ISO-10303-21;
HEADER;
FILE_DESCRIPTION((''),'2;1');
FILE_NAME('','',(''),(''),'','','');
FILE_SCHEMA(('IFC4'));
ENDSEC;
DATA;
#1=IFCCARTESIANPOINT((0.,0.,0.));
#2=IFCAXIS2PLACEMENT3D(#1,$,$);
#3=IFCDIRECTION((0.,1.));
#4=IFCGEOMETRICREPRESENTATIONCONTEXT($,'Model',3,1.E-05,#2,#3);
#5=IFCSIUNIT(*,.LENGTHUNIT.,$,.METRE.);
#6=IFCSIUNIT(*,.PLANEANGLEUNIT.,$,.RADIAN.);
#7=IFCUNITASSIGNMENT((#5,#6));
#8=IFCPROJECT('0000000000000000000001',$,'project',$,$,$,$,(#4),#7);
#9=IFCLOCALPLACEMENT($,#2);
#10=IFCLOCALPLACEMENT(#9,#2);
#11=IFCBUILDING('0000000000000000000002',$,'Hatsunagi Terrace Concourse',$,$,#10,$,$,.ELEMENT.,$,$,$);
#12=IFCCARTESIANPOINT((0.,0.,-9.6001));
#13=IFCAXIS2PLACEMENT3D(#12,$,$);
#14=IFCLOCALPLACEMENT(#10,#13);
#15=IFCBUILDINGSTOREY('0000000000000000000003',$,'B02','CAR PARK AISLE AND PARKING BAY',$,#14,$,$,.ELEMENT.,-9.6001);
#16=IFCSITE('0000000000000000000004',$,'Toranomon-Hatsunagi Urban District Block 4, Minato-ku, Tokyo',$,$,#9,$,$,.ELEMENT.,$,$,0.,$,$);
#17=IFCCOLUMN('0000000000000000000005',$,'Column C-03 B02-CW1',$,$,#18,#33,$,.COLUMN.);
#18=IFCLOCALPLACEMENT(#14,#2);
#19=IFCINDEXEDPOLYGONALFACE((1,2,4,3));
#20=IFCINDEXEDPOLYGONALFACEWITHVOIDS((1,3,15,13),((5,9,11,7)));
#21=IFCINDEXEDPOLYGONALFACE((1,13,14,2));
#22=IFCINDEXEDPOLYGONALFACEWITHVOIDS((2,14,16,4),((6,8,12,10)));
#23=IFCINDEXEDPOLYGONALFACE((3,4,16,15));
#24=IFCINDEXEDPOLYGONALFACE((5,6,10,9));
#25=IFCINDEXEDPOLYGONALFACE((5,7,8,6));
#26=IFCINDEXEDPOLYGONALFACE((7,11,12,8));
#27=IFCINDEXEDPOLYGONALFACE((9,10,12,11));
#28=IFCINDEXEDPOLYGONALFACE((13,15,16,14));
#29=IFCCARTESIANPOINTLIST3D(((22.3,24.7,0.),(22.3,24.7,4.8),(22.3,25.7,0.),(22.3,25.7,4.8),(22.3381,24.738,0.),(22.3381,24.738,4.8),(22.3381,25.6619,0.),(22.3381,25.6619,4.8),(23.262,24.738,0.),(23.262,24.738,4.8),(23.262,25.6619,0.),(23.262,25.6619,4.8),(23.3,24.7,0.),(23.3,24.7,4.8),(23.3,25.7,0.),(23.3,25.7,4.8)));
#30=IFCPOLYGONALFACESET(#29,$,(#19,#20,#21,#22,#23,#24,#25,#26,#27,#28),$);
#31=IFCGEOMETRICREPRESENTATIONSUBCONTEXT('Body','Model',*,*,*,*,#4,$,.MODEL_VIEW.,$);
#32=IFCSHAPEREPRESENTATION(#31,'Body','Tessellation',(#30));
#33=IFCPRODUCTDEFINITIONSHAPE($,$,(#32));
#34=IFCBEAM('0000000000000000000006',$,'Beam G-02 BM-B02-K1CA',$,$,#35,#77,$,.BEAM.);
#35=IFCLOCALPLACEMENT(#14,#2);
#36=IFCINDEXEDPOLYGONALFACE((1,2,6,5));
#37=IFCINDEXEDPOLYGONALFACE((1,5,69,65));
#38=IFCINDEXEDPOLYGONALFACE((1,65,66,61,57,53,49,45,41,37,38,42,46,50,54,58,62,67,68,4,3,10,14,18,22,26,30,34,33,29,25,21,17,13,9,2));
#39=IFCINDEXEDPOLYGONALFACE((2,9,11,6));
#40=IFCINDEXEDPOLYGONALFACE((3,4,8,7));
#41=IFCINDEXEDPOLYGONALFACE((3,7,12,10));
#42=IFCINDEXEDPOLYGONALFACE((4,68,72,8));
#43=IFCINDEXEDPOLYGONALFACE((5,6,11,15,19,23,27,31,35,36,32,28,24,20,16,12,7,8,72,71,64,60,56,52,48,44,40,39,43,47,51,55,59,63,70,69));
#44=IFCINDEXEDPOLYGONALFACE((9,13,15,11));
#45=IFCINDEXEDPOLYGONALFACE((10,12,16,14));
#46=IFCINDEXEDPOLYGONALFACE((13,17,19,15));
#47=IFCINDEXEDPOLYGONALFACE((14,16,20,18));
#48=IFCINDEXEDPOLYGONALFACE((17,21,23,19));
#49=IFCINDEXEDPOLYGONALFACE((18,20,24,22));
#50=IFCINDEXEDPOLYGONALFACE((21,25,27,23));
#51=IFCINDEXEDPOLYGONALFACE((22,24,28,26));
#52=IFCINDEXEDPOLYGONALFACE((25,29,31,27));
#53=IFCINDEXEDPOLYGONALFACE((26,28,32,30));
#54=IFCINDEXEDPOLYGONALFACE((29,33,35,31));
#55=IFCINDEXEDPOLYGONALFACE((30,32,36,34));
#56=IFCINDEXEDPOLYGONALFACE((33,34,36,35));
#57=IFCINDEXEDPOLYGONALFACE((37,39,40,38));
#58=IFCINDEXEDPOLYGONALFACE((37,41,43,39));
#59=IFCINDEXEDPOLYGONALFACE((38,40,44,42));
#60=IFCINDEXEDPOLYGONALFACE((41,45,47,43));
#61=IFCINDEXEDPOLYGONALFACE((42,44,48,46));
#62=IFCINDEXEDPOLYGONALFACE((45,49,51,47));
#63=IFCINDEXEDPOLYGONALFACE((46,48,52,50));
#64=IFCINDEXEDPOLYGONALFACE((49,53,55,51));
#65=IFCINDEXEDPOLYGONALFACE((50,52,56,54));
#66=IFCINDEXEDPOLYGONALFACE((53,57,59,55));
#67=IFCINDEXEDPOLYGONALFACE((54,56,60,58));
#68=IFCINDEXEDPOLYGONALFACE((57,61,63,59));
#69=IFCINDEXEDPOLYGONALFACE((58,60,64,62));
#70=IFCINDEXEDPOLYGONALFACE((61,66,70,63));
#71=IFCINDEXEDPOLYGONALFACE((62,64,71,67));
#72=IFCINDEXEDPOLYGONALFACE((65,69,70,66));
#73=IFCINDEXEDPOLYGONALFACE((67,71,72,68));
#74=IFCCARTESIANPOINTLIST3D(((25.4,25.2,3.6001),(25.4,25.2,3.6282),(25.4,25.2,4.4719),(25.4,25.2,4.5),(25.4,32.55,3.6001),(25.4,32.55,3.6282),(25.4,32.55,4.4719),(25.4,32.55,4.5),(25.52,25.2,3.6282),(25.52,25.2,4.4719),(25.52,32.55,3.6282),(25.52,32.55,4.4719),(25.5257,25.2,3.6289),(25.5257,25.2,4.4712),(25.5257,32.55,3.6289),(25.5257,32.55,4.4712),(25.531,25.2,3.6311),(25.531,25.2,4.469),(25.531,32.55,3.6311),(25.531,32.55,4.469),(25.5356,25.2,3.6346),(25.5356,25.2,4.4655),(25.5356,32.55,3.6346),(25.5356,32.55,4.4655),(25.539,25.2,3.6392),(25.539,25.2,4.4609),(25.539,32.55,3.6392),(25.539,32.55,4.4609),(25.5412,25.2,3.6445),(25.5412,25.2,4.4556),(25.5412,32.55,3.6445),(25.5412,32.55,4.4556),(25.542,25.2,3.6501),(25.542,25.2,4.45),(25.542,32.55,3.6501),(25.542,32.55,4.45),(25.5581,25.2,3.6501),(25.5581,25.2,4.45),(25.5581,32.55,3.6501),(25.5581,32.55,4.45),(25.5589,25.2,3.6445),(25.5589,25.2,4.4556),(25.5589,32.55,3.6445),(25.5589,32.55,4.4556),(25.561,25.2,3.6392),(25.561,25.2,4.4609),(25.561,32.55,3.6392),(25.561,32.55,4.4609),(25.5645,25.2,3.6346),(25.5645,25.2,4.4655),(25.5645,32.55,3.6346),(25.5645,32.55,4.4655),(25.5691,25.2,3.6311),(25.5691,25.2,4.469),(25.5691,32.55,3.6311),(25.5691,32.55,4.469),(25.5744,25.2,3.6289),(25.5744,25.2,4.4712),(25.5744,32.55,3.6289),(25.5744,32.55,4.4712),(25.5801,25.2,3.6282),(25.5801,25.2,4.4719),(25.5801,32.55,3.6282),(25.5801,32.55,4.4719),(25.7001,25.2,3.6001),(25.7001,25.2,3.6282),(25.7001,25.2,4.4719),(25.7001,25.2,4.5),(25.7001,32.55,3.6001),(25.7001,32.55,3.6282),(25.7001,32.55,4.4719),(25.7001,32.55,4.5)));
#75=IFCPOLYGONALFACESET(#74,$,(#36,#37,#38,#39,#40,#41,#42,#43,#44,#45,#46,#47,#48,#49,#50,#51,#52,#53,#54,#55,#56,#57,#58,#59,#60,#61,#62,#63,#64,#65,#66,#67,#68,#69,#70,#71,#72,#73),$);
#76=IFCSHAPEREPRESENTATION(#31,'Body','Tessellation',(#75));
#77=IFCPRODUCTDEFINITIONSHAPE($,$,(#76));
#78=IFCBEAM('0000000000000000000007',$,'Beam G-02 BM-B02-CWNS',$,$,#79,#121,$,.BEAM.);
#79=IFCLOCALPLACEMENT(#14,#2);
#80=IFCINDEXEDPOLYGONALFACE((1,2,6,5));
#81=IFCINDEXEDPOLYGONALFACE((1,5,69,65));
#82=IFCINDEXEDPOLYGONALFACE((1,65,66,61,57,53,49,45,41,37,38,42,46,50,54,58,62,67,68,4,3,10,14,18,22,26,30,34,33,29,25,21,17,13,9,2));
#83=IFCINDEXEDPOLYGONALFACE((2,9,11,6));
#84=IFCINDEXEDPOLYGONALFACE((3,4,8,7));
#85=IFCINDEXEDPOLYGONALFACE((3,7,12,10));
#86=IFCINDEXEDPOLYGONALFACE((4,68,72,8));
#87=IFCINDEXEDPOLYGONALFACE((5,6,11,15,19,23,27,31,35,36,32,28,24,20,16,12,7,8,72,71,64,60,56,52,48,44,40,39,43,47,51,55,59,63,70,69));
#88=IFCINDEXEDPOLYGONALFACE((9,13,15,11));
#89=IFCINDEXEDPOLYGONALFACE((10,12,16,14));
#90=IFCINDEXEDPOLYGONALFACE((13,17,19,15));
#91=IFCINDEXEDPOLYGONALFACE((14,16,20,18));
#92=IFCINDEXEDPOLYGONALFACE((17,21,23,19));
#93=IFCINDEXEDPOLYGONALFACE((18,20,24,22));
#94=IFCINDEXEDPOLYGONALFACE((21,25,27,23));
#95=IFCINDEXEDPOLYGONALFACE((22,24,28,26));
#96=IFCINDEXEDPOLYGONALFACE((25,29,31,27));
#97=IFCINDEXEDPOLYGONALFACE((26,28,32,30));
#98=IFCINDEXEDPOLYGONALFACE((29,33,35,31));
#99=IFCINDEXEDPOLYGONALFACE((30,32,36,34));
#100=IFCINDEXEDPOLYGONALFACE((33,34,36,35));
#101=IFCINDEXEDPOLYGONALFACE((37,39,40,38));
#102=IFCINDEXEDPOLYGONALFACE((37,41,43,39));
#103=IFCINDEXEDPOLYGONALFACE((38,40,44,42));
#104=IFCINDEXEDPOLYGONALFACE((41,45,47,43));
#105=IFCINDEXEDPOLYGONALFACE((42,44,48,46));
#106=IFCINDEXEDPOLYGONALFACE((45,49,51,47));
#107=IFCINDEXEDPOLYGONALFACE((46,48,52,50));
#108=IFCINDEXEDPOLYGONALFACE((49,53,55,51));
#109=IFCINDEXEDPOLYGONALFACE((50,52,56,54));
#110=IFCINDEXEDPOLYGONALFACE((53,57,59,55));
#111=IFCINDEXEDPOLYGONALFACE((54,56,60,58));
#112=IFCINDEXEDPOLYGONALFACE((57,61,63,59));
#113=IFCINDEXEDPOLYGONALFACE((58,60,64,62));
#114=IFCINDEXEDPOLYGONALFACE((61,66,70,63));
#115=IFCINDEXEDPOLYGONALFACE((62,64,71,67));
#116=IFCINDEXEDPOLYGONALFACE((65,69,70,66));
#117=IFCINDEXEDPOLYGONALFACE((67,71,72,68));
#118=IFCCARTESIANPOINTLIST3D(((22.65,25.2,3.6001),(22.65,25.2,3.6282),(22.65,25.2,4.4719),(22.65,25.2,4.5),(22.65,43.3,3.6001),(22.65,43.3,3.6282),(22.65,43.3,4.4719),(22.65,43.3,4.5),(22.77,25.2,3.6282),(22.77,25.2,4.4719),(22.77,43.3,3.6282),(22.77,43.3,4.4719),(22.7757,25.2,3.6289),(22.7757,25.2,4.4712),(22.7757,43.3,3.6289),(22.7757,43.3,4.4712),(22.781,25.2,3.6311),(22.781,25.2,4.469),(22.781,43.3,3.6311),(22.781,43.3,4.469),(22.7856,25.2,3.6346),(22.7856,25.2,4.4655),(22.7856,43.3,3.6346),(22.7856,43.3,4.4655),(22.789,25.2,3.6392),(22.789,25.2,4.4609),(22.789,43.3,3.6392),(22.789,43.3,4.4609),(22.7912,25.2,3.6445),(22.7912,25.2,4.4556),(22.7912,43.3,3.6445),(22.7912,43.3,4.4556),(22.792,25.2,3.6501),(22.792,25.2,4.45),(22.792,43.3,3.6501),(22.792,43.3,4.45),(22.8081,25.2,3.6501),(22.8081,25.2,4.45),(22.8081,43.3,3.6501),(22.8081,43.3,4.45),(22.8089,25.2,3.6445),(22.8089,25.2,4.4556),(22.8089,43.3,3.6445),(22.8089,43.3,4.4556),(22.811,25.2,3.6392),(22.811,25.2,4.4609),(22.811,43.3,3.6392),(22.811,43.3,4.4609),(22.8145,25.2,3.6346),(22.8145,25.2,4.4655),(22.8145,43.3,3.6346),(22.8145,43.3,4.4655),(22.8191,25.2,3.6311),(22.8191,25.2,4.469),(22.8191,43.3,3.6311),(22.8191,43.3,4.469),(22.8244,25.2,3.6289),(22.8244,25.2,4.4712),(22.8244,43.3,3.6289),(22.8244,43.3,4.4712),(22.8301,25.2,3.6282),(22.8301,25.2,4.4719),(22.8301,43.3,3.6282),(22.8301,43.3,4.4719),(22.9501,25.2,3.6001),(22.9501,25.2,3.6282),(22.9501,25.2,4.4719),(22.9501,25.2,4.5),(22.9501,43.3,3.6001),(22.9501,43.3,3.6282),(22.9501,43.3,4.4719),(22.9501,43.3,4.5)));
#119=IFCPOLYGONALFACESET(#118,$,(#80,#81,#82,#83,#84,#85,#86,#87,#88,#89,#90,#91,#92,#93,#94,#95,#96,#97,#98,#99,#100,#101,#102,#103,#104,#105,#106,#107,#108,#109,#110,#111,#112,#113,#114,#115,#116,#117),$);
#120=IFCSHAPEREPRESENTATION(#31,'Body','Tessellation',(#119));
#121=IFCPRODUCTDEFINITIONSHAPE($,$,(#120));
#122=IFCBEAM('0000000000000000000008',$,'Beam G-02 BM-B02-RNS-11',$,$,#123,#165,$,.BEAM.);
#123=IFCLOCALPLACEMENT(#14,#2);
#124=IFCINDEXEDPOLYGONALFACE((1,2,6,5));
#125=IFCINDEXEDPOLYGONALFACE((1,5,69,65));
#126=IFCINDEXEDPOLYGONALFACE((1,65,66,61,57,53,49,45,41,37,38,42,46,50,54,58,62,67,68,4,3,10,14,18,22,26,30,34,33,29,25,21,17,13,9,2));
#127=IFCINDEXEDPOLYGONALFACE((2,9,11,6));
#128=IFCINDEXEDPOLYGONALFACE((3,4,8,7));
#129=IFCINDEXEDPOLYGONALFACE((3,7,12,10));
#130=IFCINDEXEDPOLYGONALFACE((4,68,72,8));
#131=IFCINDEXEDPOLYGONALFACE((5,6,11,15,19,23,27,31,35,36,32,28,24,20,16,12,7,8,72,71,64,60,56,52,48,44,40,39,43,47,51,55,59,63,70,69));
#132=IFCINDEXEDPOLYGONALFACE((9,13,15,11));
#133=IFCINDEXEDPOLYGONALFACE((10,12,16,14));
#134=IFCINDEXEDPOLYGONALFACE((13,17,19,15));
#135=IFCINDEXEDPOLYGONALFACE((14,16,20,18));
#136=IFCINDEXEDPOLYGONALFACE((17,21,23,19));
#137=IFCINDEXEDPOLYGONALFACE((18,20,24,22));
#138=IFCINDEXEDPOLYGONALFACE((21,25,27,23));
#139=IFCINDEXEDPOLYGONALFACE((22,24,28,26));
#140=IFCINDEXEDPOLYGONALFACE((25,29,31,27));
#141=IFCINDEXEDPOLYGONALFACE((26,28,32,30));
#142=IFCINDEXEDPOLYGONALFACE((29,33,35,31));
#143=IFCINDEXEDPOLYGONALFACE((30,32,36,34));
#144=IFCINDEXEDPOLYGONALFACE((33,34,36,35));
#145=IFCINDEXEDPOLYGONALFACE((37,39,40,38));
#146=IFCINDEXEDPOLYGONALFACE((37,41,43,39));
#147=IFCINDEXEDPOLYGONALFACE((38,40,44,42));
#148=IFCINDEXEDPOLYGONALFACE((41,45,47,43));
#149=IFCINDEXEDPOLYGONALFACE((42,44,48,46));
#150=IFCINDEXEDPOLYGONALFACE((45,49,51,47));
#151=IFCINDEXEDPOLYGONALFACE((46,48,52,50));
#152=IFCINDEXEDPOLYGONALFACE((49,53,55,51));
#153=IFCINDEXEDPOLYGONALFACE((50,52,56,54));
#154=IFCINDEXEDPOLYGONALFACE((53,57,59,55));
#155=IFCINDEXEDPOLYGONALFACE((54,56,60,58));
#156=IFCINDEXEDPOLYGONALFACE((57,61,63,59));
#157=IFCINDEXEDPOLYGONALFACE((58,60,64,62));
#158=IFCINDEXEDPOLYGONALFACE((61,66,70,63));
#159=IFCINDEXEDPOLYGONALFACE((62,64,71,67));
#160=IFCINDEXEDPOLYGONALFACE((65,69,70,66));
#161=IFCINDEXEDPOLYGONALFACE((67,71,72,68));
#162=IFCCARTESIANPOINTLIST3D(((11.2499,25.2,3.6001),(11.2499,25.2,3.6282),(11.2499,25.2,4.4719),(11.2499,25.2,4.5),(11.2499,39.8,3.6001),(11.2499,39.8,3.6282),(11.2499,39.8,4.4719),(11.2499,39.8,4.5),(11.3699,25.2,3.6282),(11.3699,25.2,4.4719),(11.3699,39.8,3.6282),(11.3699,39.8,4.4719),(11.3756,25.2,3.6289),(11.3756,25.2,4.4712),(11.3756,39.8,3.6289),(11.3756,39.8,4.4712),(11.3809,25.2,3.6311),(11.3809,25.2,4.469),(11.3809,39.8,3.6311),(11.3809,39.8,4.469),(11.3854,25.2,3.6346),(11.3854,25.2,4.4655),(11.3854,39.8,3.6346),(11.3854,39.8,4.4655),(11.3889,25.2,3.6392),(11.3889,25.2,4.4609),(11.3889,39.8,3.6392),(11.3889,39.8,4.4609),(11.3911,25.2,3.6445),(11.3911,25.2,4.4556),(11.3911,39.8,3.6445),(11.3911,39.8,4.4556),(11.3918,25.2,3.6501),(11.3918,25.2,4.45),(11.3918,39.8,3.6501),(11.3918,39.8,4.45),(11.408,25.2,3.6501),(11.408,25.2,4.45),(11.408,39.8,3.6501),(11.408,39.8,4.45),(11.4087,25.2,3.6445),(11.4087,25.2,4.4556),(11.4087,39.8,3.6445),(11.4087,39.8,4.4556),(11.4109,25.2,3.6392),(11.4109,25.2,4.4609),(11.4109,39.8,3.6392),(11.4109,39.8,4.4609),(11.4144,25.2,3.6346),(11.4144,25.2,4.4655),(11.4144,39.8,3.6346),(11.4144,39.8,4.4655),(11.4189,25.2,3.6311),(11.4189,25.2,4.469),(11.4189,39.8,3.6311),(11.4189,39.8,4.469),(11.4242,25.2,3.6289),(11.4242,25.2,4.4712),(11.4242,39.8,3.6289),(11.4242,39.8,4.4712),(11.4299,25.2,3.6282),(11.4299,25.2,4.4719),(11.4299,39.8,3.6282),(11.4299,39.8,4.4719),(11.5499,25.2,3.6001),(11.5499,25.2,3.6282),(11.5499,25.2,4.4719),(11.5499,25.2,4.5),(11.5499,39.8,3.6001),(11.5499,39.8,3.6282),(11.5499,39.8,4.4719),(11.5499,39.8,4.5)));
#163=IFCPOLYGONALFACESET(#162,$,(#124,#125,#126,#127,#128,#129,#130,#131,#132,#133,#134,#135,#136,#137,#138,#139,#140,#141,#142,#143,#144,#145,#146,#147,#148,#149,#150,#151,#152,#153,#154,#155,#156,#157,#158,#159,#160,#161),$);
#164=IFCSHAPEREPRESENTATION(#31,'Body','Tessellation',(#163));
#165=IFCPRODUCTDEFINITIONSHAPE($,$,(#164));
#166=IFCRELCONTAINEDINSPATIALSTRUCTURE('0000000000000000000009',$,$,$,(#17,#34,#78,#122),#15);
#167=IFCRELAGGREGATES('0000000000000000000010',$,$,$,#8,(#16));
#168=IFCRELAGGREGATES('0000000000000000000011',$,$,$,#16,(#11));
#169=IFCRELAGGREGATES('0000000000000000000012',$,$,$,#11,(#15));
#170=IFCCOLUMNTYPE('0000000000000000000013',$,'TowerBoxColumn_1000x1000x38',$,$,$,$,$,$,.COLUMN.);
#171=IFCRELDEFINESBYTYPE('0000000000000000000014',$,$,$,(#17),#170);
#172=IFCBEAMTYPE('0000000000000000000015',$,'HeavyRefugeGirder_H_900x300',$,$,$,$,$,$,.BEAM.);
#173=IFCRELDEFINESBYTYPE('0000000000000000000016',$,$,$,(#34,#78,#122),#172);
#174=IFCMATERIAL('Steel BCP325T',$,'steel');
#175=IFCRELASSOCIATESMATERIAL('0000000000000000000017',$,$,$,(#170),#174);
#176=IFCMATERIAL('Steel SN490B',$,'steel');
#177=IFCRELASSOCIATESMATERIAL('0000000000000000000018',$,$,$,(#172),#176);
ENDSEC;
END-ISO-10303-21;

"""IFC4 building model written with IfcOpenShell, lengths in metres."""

from ifc_helpers import new_model, si_unit, direction, frame, origin, origin_2d, place, context, subcontext, project, spatial, hollow_rectangle, i_section, extrude, material, material_profile, profile_set, type_object, element, save


model = new_model("IFC4")

# Units and contexts
model_context = context("Model", 3, precision=1e-05, world=origin(), true_north=direction((0.0, 1.0)))
body_context = subcontext(model_context, "Body", "Model", "MODEL_VIEW")
ifc_project = project(units=[si_unit("LENGTHUNIT", "METRE"), si_unit("PLANEANGLEUNIT", "RADIAN")], contexts=[model_context])

# Site, building, storey
site_placement = place(None, origin())
site = spatial("IfcSite", under=ifc_project, at=site_placement, Name="Toranomon-Hatsunagi Urban District Block 4, Minato-ku, Tokyo", CompositionType="ELEMENT", RefElevation=0.0)
building_placement = place(site_placement, origin())
building = spatial("IfcBuilding", under=site, at=building_placement, Name="Hatsunagi Terrace Concourse", CompositionType="ELEMENT")
storey_placement = place(building_placement, frame((0.0, 0.0, -9.6001)))
storey = spatial("IfcBuildingStorey", under=building, at=storey_placement, Name="B02", Description="CAR PARK AISLE AND PARKING BAY", CompositionType="ELEMENT", Elevation=-9.6001)

# Column
ifc_material_1 = material(Name="Steel BCP325T", Category="steel")
ifc_material_profile_1 = material_profile(ifc_material_1, hollow_rectangle(XDim=1.0, YDim=1.0, WallThickness=0.0381, at=origin_2d()), Name="BCP-1000x1000x38")
ifc_profile_set_1 = profile_set([ifc_material_profile_1], Name="Steel BCP325T")
column_type_1 = type_object("IfcColumnType", Name="TowerBoxColumn_1000x1000x38", PredefinedType="COLUMN", material=ifc_profile_set_1)
column_placement = place(storey_placement, frame((22.8, 25.2, 0.0), z_axis=(0.0, 0.0, 1.0), x_axis=(1.0, 0.0, 0.0)))
element("IfcColumn", 1, at=column_placement, inside=storey, type_object=column_type_1, Name="Column C-03 B02-CW1", PredefinedType="COLUMN", context=body_context, shape_type="SweptSolid", body=[
    extrude(hollow_rectangle(XDim=1.0, YDim=1.0, WallThickness=0.0381, at=origin_2d()), origin(), (0.0, 0.0, 1.0), 4.8),
])

# Beams
ifc_material_2 = material(Name="Steel SN490B", Category="steel")
ifc_material_profile_2 = material_profile(ifc_material_2, i_section(OverallWidth=0.3, OverallDepth=0.8999, WebThickness=0.0161, FlangeThickness=0.0281, FilletRadius=0.022, at=origin_2d()), Name="H-900x300x16x28")
ifc_profile_set_2 = profile_set([ifc_material_profile_2], Name="Steel SN490B")
beam_type_1 = type_object("IfcBeamType", Name="HeavyRefugeGirder_H_900x300", PredefinedType="BEAM", material=ifc_profile_set_2)
beam_1_placement = place(storey_placement, frame((25.55, 25.2, 4.05), z_axis=(0.0, 1.0, 0.0), x_axis=(-1.0, 0.0, 0.0)))
element("IfcBeam", 2, at=beam_1_placement, inside=storey, type_object=beam_type_1, Name="Beam G-02 BM-B02-K1CA", PredefinedType="BEAM", context=body_context, shape_type="SweptSolid", body=[
    extrude(i_section(OverallWidth=0.3, OverallDepth=0.8999, WebThickness=0.0161, FlangeThickness=0.0281, FilletRadius=0.022, at=origin_2d()), origin(), (0.0, 0.0, 1.0), 7.3501),
])
beam_2_placement = place(storey_placement, frame((22.8, 25.2, 4.05), z_axis=(0.0, 1.0, 0.0), x_axis=(-1.0, 0.0, 0.0)))
element("IfcBeam", 3, at=beam_2_placement, inside=storey, type_object=beam_type_1, Name="Beam G-02 BM-B02-CWNS", PredefinedType="BEAM", context=body_context, shape_type="SweptSolid", body=[
    extrude(i_section(OverallWidth=0.3, OverallDepth=0.8999, WebThickness=0.0161, FlangeThickness=0.0281, FilletRadius=0.022, at=origin_2d()), origin(), (0.0, 0.0, 1.0), 18.1001),
])
for number, where, z_axis, x_axis, name in (
    (4, (11.3999, 25.2, 4.05), (0.0, 1.0, 0.0), (-1.0, 0.0, 0.0), "Beam G-02 BM-B02-RNS-11"),
):
    element("IfcBeam", number, at=place(storey_placement, frame(where, z_axis=z_axis, x_axis=x_axis)), inside=storey, type_object=beam_type_1, Name=name, PredefinedType="BEAM", context=body_context, shape_type="SweptSolid", body=[
        extrude(i_section(OverallWidth=0.3, OverallDepth=0.8999, WebThickness=0.0161, FlangeThickness=0.0281, FilletRadius=0.022, at=origin_2d()), origin(), (0.0, 0.0, 1.0), 14.6001),
    ])

save(model, "model.ifc")
